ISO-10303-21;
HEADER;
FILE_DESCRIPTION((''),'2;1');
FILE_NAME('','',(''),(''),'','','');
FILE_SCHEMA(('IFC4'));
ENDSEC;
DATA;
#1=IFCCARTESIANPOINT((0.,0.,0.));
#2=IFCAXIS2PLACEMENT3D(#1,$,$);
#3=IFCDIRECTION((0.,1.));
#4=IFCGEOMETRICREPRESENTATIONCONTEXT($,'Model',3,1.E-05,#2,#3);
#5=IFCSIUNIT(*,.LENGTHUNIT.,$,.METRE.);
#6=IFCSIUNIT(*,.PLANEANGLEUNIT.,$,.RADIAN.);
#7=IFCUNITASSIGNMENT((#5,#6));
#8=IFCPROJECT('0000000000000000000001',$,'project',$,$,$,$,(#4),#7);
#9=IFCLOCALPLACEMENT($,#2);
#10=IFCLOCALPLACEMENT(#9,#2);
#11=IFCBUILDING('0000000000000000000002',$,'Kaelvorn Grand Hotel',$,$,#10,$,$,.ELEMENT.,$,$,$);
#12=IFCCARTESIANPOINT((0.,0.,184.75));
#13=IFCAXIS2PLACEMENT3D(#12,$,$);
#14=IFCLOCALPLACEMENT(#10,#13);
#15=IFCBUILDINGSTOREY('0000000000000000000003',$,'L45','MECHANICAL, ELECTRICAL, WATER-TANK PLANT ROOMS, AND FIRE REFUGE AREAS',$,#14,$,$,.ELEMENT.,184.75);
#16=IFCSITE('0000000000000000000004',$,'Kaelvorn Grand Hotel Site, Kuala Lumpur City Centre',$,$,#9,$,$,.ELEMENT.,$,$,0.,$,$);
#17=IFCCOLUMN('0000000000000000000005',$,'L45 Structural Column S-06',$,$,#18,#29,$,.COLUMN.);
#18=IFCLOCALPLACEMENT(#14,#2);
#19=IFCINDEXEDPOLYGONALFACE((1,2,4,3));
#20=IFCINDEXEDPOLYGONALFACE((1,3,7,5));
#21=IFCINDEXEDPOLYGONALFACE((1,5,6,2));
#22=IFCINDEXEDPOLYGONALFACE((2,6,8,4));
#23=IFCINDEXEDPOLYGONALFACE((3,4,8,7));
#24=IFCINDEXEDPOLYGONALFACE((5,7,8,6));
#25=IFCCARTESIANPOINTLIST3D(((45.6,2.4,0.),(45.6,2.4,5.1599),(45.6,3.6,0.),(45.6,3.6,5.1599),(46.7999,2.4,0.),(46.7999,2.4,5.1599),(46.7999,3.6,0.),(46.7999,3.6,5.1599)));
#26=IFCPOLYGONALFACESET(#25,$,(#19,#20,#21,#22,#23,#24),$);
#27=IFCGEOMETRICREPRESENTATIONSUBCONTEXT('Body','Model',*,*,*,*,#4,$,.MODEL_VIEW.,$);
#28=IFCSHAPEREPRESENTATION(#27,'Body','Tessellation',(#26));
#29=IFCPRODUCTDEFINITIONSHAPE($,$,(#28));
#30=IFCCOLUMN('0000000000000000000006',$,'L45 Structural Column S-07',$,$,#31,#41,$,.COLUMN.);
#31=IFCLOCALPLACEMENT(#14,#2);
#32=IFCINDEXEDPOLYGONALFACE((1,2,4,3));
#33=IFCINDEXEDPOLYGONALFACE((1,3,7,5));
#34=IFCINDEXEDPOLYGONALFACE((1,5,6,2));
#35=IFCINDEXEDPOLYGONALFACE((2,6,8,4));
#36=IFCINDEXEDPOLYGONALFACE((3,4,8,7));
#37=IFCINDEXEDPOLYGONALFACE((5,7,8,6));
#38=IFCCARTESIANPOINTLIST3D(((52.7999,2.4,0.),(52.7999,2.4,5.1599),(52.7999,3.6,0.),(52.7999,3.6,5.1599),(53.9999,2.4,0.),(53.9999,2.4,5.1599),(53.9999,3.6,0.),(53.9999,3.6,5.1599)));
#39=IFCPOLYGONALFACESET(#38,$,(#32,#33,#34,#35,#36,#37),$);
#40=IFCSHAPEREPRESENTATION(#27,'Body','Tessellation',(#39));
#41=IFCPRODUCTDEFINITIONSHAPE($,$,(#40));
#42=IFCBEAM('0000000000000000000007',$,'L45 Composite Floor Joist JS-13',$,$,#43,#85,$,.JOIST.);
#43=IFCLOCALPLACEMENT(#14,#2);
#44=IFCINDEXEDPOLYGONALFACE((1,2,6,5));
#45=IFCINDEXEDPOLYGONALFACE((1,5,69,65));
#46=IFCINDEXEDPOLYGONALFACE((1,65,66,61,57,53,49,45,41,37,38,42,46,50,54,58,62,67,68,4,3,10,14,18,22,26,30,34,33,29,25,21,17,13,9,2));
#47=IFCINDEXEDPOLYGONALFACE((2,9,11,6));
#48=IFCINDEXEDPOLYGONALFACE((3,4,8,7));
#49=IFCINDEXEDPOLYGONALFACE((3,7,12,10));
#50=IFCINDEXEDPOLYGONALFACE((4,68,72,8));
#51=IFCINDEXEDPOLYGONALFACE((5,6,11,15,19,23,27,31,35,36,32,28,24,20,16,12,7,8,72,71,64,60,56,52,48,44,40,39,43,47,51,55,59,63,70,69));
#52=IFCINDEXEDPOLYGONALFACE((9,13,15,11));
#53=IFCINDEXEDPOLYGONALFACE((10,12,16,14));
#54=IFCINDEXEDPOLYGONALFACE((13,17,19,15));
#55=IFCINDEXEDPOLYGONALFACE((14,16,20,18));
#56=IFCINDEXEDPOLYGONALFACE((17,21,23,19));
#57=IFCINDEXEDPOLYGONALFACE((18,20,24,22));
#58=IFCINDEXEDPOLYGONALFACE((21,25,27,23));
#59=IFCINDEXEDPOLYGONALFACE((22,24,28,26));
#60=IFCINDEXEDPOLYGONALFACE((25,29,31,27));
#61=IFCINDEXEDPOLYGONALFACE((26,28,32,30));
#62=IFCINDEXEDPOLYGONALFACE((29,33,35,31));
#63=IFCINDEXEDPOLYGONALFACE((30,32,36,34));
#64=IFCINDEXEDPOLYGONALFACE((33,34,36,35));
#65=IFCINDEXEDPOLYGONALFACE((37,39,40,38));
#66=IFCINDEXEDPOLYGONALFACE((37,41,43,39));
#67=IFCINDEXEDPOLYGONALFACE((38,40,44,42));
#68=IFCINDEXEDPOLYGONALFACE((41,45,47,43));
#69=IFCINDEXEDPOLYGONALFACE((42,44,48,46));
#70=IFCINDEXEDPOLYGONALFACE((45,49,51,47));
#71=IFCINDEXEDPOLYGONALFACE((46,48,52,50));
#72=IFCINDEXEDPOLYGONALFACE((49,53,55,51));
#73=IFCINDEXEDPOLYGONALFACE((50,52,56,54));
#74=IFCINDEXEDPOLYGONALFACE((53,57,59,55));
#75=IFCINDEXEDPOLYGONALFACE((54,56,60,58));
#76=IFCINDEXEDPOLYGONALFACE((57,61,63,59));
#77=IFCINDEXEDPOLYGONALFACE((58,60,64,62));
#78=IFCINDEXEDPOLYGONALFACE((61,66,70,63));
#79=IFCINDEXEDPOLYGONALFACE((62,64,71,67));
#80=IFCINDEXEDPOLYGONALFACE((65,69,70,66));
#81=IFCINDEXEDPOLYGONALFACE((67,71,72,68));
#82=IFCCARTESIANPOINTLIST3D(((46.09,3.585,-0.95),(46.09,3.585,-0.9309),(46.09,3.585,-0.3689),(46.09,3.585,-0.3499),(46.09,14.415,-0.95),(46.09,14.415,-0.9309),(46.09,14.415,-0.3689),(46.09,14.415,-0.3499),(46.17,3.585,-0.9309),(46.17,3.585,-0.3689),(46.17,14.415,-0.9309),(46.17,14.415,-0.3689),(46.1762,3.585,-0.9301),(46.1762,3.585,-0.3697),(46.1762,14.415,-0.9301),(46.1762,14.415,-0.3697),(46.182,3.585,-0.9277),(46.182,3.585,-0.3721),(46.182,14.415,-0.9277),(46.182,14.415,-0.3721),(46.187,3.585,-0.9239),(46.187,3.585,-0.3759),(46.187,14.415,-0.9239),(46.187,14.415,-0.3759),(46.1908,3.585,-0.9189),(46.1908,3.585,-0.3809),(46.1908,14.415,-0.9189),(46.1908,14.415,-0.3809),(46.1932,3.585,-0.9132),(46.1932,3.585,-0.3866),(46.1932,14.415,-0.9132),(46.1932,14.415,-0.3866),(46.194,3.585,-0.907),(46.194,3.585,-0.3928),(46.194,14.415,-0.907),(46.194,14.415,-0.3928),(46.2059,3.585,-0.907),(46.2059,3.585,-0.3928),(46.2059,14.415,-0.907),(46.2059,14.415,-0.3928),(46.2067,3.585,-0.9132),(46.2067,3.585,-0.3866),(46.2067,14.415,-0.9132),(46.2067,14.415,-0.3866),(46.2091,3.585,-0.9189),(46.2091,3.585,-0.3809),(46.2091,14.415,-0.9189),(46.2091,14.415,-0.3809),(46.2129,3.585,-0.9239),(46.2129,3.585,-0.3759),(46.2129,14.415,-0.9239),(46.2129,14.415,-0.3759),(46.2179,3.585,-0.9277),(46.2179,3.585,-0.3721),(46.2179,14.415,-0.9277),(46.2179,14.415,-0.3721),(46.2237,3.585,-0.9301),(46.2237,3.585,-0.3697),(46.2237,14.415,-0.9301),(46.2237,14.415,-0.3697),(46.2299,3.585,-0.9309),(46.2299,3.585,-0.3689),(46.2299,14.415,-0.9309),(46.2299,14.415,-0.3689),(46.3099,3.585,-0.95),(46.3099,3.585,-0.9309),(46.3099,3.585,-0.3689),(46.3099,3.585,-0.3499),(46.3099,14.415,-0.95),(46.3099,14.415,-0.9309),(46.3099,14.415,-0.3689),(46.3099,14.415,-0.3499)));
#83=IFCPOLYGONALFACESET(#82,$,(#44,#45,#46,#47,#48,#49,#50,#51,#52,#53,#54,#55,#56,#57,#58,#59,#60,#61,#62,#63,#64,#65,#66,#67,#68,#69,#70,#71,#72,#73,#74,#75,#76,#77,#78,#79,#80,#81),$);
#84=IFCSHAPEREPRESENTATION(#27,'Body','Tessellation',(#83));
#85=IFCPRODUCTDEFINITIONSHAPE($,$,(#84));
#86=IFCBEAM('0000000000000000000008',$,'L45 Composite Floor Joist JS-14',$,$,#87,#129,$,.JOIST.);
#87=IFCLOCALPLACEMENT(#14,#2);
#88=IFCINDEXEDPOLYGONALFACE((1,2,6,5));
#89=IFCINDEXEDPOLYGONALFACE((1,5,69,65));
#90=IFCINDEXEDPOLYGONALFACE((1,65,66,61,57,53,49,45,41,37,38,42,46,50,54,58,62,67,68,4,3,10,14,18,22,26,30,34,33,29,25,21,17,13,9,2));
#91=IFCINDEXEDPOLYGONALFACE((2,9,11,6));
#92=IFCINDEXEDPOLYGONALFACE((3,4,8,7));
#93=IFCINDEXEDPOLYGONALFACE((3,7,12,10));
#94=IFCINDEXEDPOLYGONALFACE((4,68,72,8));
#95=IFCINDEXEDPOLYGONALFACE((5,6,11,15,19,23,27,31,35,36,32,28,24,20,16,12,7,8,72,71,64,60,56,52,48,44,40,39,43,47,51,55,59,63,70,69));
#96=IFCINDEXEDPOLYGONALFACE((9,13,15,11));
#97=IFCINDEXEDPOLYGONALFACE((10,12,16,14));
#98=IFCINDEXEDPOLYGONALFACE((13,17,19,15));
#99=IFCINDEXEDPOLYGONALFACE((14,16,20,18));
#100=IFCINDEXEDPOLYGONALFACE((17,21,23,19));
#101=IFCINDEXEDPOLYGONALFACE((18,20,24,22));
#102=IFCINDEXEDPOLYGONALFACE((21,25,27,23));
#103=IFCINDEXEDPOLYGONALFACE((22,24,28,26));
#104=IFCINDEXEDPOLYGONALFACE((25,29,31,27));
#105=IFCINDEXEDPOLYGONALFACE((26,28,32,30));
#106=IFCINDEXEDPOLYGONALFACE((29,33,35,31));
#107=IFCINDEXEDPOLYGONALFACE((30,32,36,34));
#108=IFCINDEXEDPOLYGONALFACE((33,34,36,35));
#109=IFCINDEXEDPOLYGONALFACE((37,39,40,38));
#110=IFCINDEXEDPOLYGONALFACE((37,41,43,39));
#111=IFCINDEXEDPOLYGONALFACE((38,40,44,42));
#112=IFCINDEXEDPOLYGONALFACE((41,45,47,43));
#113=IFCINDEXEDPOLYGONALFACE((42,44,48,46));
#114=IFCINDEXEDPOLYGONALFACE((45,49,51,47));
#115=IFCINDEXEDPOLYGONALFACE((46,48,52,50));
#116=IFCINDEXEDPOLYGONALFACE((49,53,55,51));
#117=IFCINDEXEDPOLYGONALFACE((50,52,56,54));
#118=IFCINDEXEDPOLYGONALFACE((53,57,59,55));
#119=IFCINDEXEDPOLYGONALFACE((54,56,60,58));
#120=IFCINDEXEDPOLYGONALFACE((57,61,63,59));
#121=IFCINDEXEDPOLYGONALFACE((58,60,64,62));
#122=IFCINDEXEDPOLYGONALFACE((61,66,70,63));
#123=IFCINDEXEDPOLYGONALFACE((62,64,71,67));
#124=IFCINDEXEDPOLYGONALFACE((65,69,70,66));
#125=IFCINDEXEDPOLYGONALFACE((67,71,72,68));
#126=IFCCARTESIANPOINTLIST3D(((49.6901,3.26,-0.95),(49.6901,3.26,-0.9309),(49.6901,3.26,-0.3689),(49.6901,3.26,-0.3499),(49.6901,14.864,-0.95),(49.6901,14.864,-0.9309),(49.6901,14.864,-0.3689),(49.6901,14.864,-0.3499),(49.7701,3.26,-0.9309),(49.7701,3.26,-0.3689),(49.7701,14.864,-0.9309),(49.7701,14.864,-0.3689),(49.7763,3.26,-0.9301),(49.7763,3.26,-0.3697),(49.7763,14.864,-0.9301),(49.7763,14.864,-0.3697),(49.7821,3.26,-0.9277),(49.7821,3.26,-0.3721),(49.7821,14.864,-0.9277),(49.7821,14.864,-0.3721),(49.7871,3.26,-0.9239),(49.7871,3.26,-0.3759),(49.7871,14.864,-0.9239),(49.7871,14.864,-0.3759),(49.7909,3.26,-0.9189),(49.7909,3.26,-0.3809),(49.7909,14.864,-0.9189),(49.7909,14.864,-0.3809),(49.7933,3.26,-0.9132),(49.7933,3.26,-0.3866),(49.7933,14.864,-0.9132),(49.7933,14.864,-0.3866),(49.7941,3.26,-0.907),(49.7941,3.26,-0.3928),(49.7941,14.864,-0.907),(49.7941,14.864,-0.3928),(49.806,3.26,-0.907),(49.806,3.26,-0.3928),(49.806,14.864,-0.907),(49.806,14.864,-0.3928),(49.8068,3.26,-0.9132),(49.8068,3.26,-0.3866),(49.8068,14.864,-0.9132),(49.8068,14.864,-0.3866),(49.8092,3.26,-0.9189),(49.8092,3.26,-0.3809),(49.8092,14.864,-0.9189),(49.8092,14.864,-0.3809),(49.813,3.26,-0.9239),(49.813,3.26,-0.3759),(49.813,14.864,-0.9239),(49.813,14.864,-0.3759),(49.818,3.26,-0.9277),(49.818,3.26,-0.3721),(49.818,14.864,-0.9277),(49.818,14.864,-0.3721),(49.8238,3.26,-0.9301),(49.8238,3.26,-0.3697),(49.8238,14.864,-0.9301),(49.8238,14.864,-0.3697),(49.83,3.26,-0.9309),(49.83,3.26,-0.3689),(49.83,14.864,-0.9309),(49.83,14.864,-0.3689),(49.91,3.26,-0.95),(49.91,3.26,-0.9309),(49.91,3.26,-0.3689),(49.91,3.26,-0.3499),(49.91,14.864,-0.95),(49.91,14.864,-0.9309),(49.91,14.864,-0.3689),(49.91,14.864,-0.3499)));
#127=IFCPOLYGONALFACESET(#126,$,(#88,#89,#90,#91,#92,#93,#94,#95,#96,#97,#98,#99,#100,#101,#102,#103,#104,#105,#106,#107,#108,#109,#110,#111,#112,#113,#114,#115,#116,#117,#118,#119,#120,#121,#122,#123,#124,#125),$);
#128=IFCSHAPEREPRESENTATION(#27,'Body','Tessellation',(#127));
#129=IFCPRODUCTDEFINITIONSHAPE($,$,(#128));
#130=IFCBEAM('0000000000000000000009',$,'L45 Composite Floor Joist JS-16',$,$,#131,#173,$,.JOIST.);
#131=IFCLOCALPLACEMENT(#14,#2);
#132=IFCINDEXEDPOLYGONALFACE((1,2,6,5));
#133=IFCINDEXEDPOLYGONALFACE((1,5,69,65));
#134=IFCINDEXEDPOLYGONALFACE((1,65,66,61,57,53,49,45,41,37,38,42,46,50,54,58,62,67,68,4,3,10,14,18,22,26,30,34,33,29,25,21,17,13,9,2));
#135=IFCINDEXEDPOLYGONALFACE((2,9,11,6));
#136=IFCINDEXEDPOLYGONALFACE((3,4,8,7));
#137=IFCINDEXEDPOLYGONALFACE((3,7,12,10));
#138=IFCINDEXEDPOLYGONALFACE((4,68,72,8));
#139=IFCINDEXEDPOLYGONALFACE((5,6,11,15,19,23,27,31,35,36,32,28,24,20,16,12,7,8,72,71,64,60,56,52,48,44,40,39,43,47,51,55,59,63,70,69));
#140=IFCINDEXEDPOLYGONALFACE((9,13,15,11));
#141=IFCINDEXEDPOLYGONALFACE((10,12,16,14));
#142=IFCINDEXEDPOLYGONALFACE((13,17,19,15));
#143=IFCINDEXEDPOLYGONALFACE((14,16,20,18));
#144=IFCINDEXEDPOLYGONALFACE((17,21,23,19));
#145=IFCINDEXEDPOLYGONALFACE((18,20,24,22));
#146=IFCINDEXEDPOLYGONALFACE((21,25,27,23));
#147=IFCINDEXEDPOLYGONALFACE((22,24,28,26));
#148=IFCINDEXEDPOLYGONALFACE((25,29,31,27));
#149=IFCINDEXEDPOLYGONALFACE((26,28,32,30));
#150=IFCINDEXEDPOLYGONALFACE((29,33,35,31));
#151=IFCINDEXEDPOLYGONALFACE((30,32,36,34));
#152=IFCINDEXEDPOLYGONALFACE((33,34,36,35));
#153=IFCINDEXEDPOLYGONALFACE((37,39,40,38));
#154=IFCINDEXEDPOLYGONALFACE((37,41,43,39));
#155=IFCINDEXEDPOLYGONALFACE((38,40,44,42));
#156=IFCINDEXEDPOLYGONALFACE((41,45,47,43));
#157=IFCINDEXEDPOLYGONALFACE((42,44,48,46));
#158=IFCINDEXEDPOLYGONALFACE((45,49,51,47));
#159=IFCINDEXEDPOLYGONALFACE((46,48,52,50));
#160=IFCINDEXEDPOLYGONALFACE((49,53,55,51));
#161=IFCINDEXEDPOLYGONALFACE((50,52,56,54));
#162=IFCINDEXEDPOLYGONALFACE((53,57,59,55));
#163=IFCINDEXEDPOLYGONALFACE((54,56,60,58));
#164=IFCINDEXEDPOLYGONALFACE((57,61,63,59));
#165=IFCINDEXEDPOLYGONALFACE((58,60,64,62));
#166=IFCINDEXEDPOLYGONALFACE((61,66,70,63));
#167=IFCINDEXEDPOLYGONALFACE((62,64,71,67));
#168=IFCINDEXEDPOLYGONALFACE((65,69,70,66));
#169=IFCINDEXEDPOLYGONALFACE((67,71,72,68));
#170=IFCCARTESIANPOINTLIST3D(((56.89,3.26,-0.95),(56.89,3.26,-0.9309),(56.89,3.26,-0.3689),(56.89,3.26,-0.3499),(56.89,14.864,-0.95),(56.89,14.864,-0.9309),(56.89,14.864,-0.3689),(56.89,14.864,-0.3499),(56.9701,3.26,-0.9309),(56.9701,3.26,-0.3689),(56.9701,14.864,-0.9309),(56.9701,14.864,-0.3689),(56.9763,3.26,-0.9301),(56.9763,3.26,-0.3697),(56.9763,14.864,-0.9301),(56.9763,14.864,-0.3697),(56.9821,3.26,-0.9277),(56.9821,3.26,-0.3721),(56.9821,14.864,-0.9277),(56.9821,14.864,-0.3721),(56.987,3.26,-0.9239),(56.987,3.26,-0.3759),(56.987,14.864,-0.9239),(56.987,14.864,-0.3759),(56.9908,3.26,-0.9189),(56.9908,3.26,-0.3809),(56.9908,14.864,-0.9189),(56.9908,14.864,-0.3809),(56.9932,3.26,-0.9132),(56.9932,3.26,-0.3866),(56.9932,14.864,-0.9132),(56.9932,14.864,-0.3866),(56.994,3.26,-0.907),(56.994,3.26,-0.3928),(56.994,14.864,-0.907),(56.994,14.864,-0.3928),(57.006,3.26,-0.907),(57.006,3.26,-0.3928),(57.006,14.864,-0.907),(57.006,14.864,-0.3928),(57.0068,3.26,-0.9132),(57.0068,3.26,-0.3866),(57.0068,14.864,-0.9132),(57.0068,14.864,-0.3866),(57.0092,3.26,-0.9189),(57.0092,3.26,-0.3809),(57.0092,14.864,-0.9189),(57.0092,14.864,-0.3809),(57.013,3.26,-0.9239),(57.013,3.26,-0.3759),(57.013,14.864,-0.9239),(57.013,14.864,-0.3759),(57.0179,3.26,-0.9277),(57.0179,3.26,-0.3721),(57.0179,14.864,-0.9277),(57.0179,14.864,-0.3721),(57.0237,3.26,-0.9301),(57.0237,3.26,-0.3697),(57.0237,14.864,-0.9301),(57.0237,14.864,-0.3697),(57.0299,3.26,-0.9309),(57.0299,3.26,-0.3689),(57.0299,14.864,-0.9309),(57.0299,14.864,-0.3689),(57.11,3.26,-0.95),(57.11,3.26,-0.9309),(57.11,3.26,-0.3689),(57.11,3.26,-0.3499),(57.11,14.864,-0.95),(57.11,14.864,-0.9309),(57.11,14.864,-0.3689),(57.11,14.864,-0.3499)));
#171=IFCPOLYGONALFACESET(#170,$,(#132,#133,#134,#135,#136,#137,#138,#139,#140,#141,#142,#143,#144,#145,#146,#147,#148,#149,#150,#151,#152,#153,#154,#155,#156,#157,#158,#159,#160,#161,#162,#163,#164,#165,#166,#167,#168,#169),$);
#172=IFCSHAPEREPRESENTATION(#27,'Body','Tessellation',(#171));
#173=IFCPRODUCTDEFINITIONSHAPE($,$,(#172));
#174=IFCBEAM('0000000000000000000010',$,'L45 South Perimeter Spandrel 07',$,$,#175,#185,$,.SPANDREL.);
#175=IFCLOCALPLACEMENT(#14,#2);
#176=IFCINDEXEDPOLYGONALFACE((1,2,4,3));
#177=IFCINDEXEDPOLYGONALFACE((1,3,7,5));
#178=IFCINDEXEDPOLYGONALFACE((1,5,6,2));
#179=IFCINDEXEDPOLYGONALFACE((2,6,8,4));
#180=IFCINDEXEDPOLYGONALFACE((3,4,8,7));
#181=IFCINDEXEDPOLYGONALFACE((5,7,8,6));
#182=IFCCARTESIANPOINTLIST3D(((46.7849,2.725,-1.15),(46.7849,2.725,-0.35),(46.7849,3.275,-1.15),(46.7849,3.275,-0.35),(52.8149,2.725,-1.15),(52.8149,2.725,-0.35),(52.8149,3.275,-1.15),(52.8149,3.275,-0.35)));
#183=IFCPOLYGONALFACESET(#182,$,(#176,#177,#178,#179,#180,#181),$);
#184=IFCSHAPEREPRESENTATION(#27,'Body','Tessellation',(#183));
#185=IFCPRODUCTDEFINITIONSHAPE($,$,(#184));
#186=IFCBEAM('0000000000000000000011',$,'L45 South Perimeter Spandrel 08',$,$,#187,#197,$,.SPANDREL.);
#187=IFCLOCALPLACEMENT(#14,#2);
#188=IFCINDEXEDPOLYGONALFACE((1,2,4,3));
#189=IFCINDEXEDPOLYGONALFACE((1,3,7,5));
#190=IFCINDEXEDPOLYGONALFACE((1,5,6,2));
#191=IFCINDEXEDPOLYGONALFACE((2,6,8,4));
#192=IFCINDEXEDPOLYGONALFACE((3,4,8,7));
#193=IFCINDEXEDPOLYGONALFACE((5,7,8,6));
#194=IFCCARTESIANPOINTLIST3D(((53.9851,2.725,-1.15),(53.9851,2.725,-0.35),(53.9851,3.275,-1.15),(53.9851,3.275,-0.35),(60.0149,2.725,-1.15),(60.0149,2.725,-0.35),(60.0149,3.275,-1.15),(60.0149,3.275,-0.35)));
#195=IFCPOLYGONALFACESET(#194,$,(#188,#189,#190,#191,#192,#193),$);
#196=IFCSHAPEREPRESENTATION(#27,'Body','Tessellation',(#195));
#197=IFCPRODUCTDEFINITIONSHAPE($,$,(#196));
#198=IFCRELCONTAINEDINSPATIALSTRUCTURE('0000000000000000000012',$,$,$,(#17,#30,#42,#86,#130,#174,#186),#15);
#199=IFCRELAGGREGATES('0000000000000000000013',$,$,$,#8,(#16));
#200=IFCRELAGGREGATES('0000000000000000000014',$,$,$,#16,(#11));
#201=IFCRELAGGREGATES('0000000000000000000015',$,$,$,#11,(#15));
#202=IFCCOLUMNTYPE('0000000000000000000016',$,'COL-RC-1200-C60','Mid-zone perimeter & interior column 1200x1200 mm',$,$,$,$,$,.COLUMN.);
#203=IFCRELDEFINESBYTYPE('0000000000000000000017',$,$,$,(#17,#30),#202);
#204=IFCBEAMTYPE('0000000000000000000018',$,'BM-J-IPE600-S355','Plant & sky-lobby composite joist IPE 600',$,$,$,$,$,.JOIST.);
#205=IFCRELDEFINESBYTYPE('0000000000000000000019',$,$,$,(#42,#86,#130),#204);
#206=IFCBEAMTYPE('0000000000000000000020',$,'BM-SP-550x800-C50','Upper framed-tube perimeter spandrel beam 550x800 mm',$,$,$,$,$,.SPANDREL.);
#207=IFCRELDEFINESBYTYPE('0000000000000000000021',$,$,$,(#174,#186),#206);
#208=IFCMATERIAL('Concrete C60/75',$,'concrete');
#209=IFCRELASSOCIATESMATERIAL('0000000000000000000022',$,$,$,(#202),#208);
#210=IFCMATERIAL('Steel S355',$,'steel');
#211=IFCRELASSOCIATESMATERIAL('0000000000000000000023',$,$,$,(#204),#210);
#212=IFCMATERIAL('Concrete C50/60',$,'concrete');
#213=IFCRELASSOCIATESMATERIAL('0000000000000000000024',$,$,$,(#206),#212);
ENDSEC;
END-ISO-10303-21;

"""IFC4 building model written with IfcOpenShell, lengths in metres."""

from ifc_helpers import new_model, si_unit, direction, frame, origin, origin_2d, place, context, subcontext, project, spatial, rectangle, i_section, extrude, material, material_profile, profile_set, type_object, element, save


model = new_model("IFC4")

# Units and contexts
model_context = context("Model", 3, precision=1e-05, world=origin(), true_north=direction((0.0, 1.0)))
body_context = subcontext(model_context, "Body", "Model", "MODEL_VIEW")
ifc_project = project(units=[si_unit("LENGTHUNIT", "METRE"), si_unit("PLANEANGLEUNIT", "RADIAN")], contexts=[model_context])

# Site, building, storey
site_placement = place(None, origin())
site = spatial("IfcSite", under=ifc_project, at=site_placement, Name="Kaelvorn Grand Hotel Site, Kuala Lumpur City Centre", CompositionType="ELEMENT", RefElevation=0.0)
building_placement = place(site_placement, origin())
building = spatial("IfcBuilding", under=site, at=building_placement, Name="Kaelvorn Grand Hotel", CompositionType="ELEMENT")
storey_placement = place(building_placement, frame((0.0, 0.0, 184.75)))
storey = spatial("IfcBuildingStorey", under=building, at=storey_placement, Name="L45", Description="MECHANICAL, ELECTRICAL, WATER-TANK PLANT ROOMS, AND FIRE REFUGE AREAS", CompositionType="ELEMENT", Elevation=184.75)

# Columns
ifc_material_1 = material(Name="Concrete C60/75", Category="concrete")
ifc_material_profile_1 = material_profile(ifc_material_1, rectangle(XDim=1.2, YDim=1.2, at=origin_2d()), Name="RC COL 1200x1200")
ifc_profile_set_1 = profile_set([ifc_material_profile_1], Name="Concrete C60/75")
column_type = type_object("IfcColumnType", Name="COL-RC-1200-C60", Description="Mid-zone perimeter & interior column 1200x1200 mm", PredefinedType="COLUMN", material=ifc_profile_set_1)
for number, where, z_axis, x_axis, name in (
    (1, (46.2, 3.0, 0.0), (0.0, 0.0, 1.0), (1.0, 0.0, 0.0), "L45 Structural Column S-06"),
    (2, (53.3999, 3.0, 0.0), (0.0, 0.0, 1.0), (1.0, 0.0, 0.0), "L45 Structural Column S-07"),
):
    element("IfcColumn", number, at=place(storey_placement, frame(where, z_axis=z_axis, x_axis=x_axis)), inside=storey, type_object=column_type, Name=name, PredefinedType="COLUMN", context=body_context, shape_type="SweptSolid", body=[
        extrude(rectangle(XDim=1.2, YDim=1.2, at=origin_2d()), origin(), (0.0, 0.0, 1.0), 5.1599),
    ])

# Beams
ifc_material_2 = material(Name="Steel S355", Category="steel")
ifc_material_profile_2 = material_profile(ifc_material_2, i_section(OverallWidth=0.22, OverallDepth=0.6001, WebThickness=0.012, FlangeThickness=0.019, FilletRadius=0.0239, at=origin_2d()), Name="IPE 600")
ifc_profile_set_2 = profile_set([ifc_material_profile_2], Name="Steel S355")
beam_type_1 = type_object("IfcBeamType", Name="BM-J-IPE600-S355", Description="Plant & sky-lobby composite joist IPE 600", PredefinedType="JOIST", material=ifc_profile_set_2)
beam_1_placement = place(storey_placement, frame((46.2, 3.585, -0.6499), z_axis=(0.0, 1.0, 0.0), x_axis=(-1.0, 0.0, 0.0)))
element("IfcBeam", 3, at=beam_1_placement, inside=storey, type_object=beam_type_1, Name="L45 Composite Floor Joist JS-13", PredefinedType="JOIST", context=body_context, shape_type="SweptSolid", body=[
    extrude(i_section(OverallWidth=0.22, OverallDepth=0.6001, WebThickness=0.012, FlangeThickness=0.019, FilletRadius=0.0239, at=origin_2d()), origin(), (0.0, 0.0, 1.0), 10.8301),
])
for number, where, z_axis, x_axis, name in (
    (4, (49.8, 3.26, -0.6499), (0.0, 1.0, 0.0), (-1.0, 0.0, 0.0), "L45 Composite Floor Joist JS-14"),
    (5, (57.0, 3.26, -0.6499), (0.0, 1.0, 0.0), (-1.0, 0.0, 0.0), "L45 Composite Floor Joist JS-16"),
):
    element("IfcBeam", number, at=place(storey_placement, frame(where, z_axis=z_axis, x_axis=x_axis)), inside=storey, type_object=beam_type_1, Name=name, PredefinedType="JOIST", context=body_context, shape_type="SweptSolid", body=[
        extrude(i_section(OverallWidth=0.22, OverallDepth=0.6001, WebThickness=0.012, FlangeThickness=0.019, FilletRadius=0.0239, at=origin_2d()), origin(), (0.0, 0.0, 1.0), 11.604),
    ])
ifc_material_3 = material(Name="Concrete C50/60", Category="concrete")
ifc_material_profile_3 = material_profile(ifc_material_3, rectangle(XDim=0.55, YDim=0.8, at=origin_2d()), Name="RC SPANDREL 550x800")
ifc_profile_set_3 = profile_set([ifc_material_profile_3], Name="Concrete C50/60")
beam_type_2 = type_object("IfcBeamType", Name="BM-SP-550x800-C50", Description="Upper framed-tube perimeter spandrel beam 550x800 mm", PredefinedType="SPANDREL", material=ifc_profile_set_3)
beam_2_placement = place(storey_placement, frame((46.7849, 3.0, -0.75), z_axis=(1.0, 0.0, 0.0), x_axis=(0.0, 1.0, 0.0)))
element("IfcBeam", 6, at=beam_2_placement, inside=storey, type_object=beam_type_2, Name="L45 South Perimeter Spandrel 07", PredefinedType="SPANDREL", context=body_context, shape_type="SweptSolid", body=[
    extrude(rectangle(XDim=0.55, YDim=0.8, at=origin_2d()), origin(), (0.0, 0.0, 1.0), 6.03),
])
beam_3_placement = place(storey_placement, frame((53.9851, 3.0, -0.75), z_axis=(1.0, 0.0, 0.0), x_axis=(0.0, 1.0, 0.0)))
element("IfcBeam", 7, at=beam_3_placement, inside=storey, type_object=beam_type_2, Name="L45 South Perimeter Spandrel 08", PredefinedType="SPANDREL", context=body_context, shape_type="SweptSolid", body=[
    extrude(rectangle(XDim=0.55, YDim=0.8, at=origin_2d()), origin(), (0.0, 0.0, 1.0), 6.0298),
])

save(model, "model.ifc")
